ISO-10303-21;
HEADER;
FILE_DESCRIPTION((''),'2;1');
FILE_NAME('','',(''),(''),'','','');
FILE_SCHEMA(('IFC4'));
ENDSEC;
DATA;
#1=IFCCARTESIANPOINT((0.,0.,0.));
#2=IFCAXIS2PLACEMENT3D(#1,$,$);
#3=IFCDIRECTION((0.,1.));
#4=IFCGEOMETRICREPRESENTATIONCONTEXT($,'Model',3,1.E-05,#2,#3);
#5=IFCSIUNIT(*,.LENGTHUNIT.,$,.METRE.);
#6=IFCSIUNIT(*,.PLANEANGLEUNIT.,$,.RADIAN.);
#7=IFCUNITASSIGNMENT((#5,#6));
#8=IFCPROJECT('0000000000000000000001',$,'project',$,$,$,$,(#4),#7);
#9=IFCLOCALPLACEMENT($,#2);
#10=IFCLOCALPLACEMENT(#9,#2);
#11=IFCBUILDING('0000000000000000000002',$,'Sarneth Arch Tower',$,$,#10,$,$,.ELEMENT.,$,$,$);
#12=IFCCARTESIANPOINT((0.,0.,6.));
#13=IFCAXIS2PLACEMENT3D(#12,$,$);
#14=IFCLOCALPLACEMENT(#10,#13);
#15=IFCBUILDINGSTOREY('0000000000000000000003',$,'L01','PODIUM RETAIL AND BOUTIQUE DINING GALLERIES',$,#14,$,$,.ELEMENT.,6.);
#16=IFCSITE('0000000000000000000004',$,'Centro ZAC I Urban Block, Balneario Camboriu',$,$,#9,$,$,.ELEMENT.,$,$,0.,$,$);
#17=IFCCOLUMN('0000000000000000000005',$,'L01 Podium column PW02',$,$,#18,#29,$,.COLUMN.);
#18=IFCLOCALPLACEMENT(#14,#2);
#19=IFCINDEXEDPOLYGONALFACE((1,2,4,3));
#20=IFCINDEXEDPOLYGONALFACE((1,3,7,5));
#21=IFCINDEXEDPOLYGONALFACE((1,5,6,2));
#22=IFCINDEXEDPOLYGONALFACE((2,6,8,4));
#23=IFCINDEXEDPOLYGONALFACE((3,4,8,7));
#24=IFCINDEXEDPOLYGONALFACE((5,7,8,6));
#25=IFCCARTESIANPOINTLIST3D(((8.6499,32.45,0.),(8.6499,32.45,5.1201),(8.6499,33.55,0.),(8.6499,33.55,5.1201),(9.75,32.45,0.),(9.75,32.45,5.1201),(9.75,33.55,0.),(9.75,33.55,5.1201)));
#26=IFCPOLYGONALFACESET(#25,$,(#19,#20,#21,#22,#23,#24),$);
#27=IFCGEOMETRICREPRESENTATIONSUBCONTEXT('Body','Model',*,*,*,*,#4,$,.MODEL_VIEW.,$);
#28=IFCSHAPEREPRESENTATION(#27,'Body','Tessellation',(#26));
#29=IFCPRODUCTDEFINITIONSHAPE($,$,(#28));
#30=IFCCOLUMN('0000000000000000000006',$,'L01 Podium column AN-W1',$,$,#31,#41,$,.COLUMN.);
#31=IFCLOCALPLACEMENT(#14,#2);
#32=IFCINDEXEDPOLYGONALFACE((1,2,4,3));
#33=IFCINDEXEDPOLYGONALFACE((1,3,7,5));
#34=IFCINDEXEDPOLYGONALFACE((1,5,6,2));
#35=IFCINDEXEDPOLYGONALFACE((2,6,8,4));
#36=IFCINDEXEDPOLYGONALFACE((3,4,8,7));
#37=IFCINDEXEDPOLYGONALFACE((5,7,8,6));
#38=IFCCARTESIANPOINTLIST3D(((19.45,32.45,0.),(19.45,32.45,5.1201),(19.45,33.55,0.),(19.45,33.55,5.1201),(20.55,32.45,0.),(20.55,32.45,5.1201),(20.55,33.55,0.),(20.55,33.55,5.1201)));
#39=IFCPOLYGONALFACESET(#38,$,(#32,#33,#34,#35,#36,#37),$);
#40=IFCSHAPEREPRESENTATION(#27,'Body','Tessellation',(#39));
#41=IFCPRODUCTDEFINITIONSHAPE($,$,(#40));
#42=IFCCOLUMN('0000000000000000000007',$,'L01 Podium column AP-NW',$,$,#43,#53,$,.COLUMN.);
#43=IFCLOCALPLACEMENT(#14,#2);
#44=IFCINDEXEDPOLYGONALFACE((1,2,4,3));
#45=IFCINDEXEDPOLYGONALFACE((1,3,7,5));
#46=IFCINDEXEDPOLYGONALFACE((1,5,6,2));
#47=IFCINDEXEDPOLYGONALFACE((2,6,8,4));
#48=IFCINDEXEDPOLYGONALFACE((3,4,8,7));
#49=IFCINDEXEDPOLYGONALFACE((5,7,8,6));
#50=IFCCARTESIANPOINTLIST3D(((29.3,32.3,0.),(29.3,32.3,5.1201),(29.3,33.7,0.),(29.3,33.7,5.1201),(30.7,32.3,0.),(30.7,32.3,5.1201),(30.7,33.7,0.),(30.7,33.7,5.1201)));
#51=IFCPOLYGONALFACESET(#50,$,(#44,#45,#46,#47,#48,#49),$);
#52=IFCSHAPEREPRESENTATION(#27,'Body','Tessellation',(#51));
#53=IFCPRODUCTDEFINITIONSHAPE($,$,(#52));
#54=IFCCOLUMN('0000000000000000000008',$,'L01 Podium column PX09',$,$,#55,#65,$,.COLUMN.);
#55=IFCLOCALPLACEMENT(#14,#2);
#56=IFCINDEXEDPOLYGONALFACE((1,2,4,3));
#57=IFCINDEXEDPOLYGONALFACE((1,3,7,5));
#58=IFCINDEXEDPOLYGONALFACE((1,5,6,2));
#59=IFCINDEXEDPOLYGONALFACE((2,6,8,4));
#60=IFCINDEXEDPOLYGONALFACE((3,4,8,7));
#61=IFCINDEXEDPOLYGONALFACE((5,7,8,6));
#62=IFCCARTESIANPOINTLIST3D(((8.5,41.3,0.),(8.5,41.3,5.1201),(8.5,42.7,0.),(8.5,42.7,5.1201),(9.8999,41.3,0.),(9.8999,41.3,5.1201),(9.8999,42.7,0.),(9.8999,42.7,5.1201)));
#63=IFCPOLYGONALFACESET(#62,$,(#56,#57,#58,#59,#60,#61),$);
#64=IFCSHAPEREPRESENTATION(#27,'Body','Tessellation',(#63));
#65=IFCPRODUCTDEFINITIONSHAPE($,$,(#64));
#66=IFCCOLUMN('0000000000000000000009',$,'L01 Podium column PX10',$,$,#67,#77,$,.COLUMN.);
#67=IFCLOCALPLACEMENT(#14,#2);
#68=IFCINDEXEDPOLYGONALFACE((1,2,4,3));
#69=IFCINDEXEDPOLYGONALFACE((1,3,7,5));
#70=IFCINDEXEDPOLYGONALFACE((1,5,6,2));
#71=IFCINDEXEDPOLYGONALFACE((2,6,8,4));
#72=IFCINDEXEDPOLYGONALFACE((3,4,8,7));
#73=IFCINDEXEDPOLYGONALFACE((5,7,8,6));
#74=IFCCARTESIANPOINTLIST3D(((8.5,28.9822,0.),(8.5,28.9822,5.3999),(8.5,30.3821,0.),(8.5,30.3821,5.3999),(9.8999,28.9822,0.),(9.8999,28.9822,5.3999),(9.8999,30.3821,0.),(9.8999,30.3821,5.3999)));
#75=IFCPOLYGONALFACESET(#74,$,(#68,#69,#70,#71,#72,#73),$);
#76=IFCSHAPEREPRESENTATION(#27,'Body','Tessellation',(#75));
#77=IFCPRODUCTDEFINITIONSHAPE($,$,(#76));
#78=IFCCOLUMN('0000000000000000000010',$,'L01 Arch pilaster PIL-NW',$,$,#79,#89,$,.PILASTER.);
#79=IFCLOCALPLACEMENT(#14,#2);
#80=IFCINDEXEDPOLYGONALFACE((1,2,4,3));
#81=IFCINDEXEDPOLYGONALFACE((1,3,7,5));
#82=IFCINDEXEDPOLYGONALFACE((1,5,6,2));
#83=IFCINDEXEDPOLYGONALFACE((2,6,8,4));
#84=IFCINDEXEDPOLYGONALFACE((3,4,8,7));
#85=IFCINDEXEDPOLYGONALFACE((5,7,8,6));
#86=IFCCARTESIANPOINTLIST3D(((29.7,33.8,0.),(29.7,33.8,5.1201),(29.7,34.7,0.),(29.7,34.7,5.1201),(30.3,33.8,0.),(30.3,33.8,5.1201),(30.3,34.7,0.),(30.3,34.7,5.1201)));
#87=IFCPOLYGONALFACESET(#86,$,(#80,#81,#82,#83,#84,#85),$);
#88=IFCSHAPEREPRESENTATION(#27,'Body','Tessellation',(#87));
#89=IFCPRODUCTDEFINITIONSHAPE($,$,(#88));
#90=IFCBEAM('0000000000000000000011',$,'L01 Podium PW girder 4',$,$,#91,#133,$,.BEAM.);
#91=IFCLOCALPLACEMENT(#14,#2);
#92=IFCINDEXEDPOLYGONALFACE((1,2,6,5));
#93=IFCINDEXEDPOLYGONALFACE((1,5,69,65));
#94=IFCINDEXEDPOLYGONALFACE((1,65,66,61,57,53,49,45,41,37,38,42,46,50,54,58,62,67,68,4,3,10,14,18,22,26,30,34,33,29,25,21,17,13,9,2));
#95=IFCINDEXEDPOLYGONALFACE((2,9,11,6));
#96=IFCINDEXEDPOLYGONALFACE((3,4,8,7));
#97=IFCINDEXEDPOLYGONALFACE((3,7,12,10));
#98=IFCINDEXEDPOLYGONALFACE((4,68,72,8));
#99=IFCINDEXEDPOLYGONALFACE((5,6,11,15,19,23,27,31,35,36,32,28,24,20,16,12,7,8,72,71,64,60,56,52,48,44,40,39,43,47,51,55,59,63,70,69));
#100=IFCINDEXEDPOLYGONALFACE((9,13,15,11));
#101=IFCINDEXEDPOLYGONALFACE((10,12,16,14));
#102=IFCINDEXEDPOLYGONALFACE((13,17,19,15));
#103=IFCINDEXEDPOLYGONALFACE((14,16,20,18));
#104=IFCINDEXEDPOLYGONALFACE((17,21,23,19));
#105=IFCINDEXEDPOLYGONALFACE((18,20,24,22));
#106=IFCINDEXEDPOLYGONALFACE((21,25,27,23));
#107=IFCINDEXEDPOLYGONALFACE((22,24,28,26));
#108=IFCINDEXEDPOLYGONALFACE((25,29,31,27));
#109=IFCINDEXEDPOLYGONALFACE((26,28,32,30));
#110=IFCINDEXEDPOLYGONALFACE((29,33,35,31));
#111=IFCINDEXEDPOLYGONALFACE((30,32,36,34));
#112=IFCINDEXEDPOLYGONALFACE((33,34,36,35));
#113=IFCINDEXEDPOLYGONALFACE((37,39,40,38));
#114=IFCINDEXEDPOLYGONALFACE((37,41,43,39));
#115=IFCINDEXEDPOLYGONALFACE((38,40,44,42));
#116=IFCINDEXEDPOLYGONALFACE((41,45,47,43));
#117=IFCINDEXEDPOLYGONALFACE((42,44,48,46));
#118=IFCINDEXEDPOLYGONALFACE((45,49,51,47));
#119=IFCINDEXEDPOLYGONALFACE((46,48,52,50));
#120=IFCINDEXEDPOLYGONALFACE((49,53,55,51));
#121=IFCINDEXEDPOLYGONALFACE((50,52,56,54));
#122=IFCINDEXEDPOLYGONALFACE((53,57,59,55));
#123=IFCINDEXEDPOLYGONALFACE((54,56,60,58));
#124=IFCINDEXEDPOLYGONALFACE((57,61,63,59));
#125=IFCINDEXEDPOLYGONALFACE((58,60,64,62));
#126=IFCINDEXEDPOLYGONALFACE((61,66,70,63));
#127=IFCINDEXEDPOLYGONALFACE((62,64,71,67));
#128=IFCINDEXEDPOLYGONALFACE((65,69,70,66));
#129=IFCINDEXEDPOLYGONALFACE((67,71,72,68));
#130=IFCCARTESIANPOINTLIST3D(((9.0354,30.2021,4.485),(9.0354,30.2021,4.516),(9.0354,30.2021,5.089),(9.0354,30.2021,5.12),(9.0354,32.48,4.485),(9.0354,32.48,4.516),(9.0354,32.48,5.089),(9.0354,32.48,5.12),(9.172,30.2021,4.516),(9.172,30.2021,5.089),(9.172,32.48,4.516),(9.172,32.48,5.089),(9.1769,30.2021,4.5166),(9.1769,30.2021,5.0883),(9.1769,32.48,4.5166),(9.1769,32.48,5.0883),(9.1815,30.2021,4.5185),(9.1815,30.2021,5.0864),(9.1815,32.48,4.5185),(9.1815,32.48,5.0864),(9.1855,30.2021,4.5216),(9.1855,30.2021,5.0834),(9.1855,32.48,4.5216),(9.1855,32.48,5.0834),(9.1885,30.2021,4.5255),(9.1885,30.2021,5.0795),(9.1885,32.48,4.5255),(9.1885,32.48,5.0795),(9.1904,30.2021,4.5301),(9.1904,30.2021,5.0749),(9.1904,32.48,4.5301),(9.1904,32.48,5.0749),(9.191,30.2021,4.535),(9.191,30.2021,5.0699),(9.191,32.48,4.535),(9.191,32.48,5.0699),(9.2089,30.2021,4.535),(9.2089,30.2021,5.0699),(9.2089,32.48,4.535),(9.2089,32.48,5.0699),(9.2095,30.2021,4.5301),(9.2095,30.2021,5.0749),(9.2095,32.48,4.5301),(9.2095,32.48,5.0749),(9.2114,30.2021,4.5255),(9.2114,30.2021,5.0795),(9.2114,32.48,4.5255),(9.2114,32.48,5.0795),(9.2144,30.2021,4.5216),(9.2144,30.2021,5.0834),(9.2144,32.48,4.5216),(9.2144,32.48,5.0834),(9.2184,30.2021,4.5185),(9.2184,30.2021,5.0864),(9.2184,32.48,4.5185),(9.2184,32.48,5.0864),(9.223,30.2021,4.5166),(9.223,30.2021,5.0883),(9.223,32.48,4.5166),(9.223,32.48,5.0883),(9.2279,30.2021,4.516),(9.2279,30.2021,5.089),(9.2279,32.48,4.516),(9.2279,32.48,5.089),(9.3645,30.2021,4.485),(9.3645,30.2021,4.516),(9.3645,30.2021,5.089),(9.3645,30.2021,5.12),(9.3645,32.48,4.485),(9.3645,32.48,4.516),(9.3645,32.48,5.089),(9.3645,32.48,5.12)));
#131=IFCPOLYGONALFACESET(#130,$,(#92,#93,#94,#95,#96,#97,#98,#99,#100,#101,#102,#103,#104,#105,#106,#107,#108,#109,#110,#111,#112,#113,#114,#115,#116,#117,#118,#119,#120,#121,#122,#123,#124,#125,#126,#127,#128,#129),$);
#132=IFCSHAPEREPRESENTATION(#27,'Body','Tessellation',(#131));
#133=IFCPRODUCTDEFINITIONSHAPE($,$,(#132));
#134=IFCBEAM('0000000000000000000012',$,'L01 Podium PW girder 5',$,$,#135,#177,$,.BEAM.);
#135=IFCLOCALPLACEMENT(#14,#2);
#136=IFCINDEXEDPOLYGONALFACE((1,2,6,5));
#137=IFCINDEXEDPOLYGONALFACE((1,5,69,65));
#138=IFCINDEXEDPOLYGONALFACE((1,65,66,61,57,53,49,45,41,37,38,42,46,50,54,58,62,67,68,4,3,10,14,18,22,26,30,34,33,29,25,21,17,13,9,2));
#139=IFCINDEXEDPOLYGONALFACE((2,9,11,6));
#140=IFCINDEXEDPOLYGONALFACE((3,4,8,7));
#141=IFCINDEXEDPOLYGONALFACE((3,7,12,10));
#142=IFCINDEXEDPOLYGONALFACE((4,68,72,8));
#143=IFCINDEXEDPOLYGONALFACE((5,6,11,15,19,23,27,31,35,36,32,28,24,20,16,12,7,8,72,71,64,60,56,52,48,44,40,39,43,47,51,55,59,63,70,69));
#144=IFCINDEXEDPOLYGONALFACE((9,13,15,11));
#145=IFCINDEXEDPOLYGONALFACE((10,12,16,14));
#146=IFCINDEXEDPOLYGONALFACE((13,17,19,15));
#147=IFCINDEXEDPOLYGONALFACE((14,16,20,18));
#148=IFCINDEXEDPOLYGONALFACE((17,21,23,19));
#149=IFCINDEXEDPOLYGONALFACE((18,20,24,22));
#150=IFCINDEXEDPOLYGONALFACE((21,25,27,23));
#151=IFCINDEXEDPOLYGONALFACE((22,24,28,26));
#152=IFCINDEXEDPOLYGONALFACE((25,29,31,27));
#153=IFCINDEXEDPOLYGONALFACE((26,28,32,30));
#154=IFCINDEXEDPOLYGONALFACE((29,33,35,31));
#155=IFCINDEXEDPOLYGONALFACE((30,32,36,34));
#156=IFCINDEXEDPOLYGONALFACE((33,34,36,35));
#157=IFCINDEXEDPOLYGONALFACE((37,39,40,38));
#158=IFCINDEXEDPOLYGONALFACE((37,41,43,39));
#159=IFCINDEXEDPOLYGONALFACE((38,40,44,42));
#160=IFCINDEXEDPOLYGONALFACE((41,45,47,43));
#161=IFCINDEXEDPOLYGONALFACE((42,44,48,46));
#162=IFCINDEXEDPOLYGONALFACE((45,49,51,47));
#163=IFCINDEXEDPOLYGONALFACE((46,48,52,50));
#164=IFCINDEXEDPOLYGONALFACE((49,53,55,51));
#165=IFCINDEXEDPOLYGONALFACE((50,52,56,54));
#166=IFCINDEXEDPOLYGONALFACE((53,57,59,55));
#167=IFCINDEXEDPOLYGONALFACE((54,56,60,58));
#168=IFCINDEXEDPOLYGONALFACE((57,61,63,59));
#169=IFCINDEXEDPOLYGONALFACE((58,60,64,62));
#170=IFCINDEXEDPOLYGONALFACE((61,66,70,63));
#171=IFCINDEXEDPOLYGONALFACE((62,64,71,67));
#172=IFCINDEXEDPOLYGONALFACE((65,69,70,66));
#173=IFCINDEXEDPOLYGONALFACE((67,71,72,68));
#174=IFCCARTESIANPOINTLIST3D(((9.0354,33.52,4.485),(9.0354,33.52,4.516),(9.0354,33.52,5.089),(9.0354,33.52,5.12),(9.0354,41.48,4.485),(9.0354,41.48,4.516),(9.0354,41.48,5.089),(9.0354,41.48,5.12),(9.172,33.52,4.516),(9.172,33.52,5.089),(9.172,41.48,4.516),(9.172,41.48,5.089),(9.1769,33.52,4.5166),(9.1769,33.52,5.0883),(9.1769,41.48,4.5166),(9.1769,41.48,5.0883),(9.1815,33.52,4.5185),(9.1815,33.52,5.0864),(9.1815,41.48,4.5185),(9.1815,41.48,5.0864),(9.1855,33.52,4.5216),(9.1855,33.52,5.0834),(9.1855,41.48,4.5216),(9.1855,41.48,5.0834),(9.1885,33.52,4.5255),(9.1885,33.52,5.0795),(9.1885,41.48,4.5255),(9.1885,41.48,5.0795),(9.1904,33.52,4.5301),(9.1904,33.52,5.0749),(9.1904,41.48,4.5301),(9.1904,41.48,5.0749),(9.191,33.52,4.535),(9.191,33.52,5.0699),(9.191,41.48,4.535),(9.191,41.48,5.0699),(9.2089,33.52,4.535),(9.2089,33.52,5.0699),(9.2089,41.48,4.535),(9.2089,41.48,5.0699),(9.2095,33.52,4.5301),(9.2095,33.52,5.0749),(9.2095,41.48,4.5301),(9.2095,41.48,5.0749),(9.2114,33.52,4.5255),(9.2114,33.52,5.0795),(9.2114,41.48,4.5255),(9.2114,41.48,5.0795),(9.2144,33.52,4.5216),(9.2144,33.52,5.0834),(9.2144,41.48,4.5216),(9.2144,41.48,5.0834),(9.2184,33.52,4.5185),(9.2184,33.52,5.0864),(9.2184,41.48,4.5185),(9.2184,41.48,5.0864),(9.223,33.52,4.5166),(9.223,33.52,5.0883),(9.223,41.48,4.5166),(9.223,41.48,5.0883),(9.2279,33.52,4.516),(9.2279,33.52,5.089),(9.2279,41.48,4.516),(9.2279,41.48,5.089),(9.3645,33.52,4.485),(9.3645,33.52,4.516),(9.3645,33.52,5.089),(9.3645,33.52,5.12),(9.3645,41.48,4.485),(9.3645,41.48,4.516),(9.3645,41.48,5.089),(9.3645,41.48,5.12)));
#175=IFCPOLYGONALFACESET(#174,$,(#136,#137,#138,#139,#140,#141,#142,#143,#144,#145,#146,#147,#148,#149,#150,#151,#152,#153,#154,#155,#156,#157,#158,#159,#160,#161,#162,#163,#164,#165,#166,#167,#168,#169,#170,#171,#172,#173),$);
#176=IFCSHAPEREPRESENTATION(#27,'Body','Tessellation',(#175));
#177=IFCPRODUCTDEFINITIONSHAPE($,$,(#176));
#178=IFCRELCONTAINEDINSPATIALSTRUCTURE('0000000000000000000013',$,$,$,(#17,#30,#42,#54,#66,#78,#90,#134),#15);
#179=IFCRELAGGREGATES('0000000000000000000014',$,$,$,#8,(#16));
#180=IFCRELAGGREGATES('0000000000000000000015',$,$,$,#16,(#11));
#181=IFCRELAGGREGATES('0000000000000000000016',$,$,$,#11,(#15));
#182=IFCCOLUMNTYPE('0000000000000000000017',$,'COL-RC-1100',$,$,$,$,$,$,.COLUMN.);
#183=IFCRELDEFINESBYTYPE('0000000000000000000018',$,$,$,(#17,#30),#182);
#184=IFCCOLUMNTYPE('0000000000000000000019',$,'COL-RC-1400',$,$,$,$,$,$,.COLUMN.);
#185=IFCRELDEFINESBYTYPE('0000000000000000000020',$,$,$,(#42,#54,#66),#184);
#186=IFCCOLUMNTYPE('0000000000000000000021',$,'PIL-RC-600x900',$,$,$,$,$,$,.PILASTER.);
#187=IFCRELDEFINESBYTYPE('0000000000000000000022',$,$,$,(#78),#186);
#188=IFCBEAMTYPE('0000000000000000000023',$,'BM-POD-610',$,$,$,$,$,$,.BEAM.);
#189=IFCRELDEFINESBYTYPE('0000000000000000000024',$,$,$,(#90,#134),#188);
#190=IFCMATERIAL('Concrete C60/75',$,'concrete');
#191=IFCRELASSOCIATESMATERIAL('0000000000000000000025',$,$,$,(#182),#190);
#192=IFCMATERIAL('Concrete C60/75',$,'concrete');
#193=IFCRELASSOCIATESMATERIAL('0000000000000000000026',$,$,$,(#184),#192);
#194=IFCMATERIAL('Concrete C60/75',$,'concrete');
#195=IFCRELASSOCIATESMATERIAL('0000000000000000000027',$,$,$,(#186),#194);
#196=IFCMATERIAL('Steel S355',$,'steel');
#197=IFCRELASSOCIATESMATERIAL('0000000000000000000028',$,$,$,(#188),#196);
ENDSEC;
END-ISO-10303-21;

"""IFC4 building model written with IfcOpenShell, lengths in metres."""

from ifc_helpers import new_model, si_unit, direction, frame, origin, origin_2d, place, context, subcontext, project, spatial, rectangle, i_section, extrude, material, material_profile, profile_set, type_object, element, save


model = new_model("IFC4")

# Units and contexts
model_context = context("Model", 3, precision=1e-05, world=origin(), true_north=direction((0.0, 1.0)))
body_context = subcontext(model_context, "Body", "Model", "MODEL_VIEW")
ifc_project = project(units=[si_unit("LENGTHUNIT", "METRE"), si_unit("PLANEANGLEUNIT", "RADIAN")], contexts=[model_context])

# Site, building, storey
site_placement = place(None, origin())
site = spatial("IfcSite", under=ifc_project, at=site_placement, Name="Centro ZAC I Urban Block, Balneario Camboriu", CompositionType="ELEMENT", RefElevation=0.0)
building_placement = place(site_placement, origin())
building = spatial("IfcBuilding", under=site, at=building_placement, Name="Sarneth Arch Tower", CompositionType="ELEMENT")
storey_placement = place(building_placement, frame((0.0, 0.0, 6.0)))
storey = spatial("IfcBuildingStorey", under=building, at=storey_placement, Name="L01", Description="PODIUM RETAIL AND BOUTIQUE DINING GALLERIES", CompositionType="ELEMENT", Elevation=6.0)

# Columns
ifc_material_1 = material(Name="Concrete C60/75", Category="concrete")
ifc_material_profile_1 = material_profile(ifc_material_1, rectangle(XDim=1.1001, YDim=1.1001, at=origin_2d()), Name="RC-1100x1100")
ifc_profile_set_1 = profile_set([ifc_material_profile_1], Name="Concrete C60/75")
column_type_1 = type_object("IfcColumnType", Name="COL-RC-1100", PredefinedType="COLUMN", material=ifc_profile_set_1)
for number, where, z_axis, x_axis, name in (
    (1, (9.2, 33.0, 0.0), (0.0, 0.0, 1.0), (1.0, 0.0, 0.0), "L01 Podium column PW02"),
    (2, (20.0, 33.0, 0.0), (0.0, 0.0, 1.0), (1.0, 0.0, 0.0), "L01 Podium column AN-W1"),
):
    element("IfcColumn", number, at=place(storey_placement, frame(where, z_axis=z_axis, x_axis=x_axis)), inside=storey, type_object=column_type_1, Name=name, PredefinedType="COLUMN", context=body_context, shape_type="SweptSolid", body=[
        extrude(rectangle(XDim=1.1001, YDim=1.1001, at=origin_2d()), origin(), (0.0, 0.0, 1.0), 5.1201),
    ])
ifc_material_2 = material(Name="Concrete C60/75", Category="concrete")
ifc_material_profile_2 = material_profile(ifc_material_2, rectangle(XDim=1.3999, YDim=1.3999, at=origin_2d()), Name="RC-1400x1400")
ifc_profile_set_2 = profile_set([ifc_material_profile_2], Name="Concrete C60/75")
column_type_2 = type_object("IfcColumnType", Name="COL-RC-1400", PredefinedType="COLUMN", material=ifc_profile_set_2)
for number, where, z_axis, x_axis, name in (
    (3, (30.0, 33.0, 0.0), (0.0, 0.0, 1.0), (1.0, 0.0, 0.0), "L01 Podium column AP-NW"),
    (4, (9.2, 42.0, 0.0), (0.0, 0.0, 1.0), (1.0, 0.0, 0.0), "L01 Podium column PX09"),
):
    element("IfcColumn", number, at=place(storey_placement, frame(where, z_axis=z_axis, x_axis=x_axis)), inside=storey, type_object=column_type_2, Name=name, PredefinedType="COLUMN", context=body_context, shape_type="SweptSolid", body=[
        extrude(rectangle(XDim=1.3999, YDim=1.3999, at=origin_2d()), origin(), (0.0, 0.0, 1.0), 5.1201),
    ])
column_1_placement = place(storey_placement, frame((9.2, 29.6821, 0.0), z_axis=(0.0, 0.0, 1.0), x_axis=(1.0, 0.0, 0.0)))
element("IfcColumn", 5, at=column_1_placement, inside=storey, type_object=column_type_2, Name="L01 Podium column PX10", PredefinedType="COLUMN", context=body_context, shape_type="SweptSolid", body=[
    extrude(rectangle(XDim=1.3999, YDim=1.3999, at=origin_2d()), origin(), (0.0, 0.0, 1.0), 5.3999),
])
ifc_material_3 = material(Name="Concrete C60/75", Category="concrete")
ifc_material_profile_3 = material_profile(ifc_material_3, rectangle(XDim=0.6001, YDim=0.8999, at=origin_2d()), Name="RC-600x900")
ifc_profile_set_3 = profile_set([ifc_material_profile_3], Name="Concrete C60/75")
column_type_3 = type_object("IfcColumnType", Name="PIL-RC-600x900", PredefinedType="PILASTER", material=ifc_profile_set_3)
column_2_placement = place(storey_placement, frame((30.0, 34.25, 0.0), z_axis=(0.0, 0.0, 1.0), x_axis=(1.0, 0.0, 0.0)))
element("IfcColumn", 6, at=column_2_placement, inside=storey, type_object=column_type_3, Name="L01 Arch pilaster PIL-NW", PredefinedType="PILASTER", context=body_context, shape_type="SweptSolid", body=[
    extrude(rectangle(XDim=0.6001, YDim=0.8999, at=origin_2d()), origin(), (0.0, 0.0, 1.0), 5.1201),
])

# Beams
ifc_material_4 = material(Name="Steel S355", Category="steel")
ifc_material_profile_4 = material_profile(ifc_material_4, i_section(OverallWidth=0.3291, OverallDepth=0.635, WebThickness=0.0178, FlangeThickness=0.031, FilletRadius=0.019, at=origin_2d()), Name="W610x241")
ifc_profile_set_4 = profile_set([ifc_material_profile_4], Name="Steel S355")
beam_type = type_object("IfcBeamType", Name="BM-POD-610", PredefinedType="BEAM", material=ifc_profile_set_4)
beam_1_placement = place(storey_placement, frame((9.2, 30.2021, 4.8025), z_axis=(0.0, 1.0, 0.0), x_axis=(-1.0, 0.0, 0.0)))
element("IfcBeam", 7, at=beam_1_placement, inside=storey, type_object=beam_type, Name="L01 Podium PW girder 4", PredefinedType="BEAM", context=body_context, shape_type="SweptSolid", body=[
    extrude(i_section(OverallWidth=0.3291, OverallDepth=0.635, WebThickness=0.0178, FlangeThickness=0.031, FilletRadius=0.019, at=origin_2d()), origin(), (0.0, 0.0, 1.0), 2.2778),
])
beam_2_placement = place(storey_placement, frame((9.2, 33.52, 4.8025), z_axis=(0.0, 1.0, 0.0), x_axis=(-1.0, 0.0, 0.0)))
element("IfcBeam", 8, at=beam_2_placement, inside=storey, type_object=beam_type, Name="L01 Podium PW girder 5", PredefinedType="BEAM", context=body_context, shape_type="SweptSolid", body=[
    extrude(i_section(OverallWidth=0.3291, OverallDepth=0.635, WebThickness=0.0178, FlangeThickness=0.031, FilletRadius=0.019, at=origin_2d()), origin(), (0.0, 0.0, 1.0), 7.96),
])

save(model, "model.ifc")
